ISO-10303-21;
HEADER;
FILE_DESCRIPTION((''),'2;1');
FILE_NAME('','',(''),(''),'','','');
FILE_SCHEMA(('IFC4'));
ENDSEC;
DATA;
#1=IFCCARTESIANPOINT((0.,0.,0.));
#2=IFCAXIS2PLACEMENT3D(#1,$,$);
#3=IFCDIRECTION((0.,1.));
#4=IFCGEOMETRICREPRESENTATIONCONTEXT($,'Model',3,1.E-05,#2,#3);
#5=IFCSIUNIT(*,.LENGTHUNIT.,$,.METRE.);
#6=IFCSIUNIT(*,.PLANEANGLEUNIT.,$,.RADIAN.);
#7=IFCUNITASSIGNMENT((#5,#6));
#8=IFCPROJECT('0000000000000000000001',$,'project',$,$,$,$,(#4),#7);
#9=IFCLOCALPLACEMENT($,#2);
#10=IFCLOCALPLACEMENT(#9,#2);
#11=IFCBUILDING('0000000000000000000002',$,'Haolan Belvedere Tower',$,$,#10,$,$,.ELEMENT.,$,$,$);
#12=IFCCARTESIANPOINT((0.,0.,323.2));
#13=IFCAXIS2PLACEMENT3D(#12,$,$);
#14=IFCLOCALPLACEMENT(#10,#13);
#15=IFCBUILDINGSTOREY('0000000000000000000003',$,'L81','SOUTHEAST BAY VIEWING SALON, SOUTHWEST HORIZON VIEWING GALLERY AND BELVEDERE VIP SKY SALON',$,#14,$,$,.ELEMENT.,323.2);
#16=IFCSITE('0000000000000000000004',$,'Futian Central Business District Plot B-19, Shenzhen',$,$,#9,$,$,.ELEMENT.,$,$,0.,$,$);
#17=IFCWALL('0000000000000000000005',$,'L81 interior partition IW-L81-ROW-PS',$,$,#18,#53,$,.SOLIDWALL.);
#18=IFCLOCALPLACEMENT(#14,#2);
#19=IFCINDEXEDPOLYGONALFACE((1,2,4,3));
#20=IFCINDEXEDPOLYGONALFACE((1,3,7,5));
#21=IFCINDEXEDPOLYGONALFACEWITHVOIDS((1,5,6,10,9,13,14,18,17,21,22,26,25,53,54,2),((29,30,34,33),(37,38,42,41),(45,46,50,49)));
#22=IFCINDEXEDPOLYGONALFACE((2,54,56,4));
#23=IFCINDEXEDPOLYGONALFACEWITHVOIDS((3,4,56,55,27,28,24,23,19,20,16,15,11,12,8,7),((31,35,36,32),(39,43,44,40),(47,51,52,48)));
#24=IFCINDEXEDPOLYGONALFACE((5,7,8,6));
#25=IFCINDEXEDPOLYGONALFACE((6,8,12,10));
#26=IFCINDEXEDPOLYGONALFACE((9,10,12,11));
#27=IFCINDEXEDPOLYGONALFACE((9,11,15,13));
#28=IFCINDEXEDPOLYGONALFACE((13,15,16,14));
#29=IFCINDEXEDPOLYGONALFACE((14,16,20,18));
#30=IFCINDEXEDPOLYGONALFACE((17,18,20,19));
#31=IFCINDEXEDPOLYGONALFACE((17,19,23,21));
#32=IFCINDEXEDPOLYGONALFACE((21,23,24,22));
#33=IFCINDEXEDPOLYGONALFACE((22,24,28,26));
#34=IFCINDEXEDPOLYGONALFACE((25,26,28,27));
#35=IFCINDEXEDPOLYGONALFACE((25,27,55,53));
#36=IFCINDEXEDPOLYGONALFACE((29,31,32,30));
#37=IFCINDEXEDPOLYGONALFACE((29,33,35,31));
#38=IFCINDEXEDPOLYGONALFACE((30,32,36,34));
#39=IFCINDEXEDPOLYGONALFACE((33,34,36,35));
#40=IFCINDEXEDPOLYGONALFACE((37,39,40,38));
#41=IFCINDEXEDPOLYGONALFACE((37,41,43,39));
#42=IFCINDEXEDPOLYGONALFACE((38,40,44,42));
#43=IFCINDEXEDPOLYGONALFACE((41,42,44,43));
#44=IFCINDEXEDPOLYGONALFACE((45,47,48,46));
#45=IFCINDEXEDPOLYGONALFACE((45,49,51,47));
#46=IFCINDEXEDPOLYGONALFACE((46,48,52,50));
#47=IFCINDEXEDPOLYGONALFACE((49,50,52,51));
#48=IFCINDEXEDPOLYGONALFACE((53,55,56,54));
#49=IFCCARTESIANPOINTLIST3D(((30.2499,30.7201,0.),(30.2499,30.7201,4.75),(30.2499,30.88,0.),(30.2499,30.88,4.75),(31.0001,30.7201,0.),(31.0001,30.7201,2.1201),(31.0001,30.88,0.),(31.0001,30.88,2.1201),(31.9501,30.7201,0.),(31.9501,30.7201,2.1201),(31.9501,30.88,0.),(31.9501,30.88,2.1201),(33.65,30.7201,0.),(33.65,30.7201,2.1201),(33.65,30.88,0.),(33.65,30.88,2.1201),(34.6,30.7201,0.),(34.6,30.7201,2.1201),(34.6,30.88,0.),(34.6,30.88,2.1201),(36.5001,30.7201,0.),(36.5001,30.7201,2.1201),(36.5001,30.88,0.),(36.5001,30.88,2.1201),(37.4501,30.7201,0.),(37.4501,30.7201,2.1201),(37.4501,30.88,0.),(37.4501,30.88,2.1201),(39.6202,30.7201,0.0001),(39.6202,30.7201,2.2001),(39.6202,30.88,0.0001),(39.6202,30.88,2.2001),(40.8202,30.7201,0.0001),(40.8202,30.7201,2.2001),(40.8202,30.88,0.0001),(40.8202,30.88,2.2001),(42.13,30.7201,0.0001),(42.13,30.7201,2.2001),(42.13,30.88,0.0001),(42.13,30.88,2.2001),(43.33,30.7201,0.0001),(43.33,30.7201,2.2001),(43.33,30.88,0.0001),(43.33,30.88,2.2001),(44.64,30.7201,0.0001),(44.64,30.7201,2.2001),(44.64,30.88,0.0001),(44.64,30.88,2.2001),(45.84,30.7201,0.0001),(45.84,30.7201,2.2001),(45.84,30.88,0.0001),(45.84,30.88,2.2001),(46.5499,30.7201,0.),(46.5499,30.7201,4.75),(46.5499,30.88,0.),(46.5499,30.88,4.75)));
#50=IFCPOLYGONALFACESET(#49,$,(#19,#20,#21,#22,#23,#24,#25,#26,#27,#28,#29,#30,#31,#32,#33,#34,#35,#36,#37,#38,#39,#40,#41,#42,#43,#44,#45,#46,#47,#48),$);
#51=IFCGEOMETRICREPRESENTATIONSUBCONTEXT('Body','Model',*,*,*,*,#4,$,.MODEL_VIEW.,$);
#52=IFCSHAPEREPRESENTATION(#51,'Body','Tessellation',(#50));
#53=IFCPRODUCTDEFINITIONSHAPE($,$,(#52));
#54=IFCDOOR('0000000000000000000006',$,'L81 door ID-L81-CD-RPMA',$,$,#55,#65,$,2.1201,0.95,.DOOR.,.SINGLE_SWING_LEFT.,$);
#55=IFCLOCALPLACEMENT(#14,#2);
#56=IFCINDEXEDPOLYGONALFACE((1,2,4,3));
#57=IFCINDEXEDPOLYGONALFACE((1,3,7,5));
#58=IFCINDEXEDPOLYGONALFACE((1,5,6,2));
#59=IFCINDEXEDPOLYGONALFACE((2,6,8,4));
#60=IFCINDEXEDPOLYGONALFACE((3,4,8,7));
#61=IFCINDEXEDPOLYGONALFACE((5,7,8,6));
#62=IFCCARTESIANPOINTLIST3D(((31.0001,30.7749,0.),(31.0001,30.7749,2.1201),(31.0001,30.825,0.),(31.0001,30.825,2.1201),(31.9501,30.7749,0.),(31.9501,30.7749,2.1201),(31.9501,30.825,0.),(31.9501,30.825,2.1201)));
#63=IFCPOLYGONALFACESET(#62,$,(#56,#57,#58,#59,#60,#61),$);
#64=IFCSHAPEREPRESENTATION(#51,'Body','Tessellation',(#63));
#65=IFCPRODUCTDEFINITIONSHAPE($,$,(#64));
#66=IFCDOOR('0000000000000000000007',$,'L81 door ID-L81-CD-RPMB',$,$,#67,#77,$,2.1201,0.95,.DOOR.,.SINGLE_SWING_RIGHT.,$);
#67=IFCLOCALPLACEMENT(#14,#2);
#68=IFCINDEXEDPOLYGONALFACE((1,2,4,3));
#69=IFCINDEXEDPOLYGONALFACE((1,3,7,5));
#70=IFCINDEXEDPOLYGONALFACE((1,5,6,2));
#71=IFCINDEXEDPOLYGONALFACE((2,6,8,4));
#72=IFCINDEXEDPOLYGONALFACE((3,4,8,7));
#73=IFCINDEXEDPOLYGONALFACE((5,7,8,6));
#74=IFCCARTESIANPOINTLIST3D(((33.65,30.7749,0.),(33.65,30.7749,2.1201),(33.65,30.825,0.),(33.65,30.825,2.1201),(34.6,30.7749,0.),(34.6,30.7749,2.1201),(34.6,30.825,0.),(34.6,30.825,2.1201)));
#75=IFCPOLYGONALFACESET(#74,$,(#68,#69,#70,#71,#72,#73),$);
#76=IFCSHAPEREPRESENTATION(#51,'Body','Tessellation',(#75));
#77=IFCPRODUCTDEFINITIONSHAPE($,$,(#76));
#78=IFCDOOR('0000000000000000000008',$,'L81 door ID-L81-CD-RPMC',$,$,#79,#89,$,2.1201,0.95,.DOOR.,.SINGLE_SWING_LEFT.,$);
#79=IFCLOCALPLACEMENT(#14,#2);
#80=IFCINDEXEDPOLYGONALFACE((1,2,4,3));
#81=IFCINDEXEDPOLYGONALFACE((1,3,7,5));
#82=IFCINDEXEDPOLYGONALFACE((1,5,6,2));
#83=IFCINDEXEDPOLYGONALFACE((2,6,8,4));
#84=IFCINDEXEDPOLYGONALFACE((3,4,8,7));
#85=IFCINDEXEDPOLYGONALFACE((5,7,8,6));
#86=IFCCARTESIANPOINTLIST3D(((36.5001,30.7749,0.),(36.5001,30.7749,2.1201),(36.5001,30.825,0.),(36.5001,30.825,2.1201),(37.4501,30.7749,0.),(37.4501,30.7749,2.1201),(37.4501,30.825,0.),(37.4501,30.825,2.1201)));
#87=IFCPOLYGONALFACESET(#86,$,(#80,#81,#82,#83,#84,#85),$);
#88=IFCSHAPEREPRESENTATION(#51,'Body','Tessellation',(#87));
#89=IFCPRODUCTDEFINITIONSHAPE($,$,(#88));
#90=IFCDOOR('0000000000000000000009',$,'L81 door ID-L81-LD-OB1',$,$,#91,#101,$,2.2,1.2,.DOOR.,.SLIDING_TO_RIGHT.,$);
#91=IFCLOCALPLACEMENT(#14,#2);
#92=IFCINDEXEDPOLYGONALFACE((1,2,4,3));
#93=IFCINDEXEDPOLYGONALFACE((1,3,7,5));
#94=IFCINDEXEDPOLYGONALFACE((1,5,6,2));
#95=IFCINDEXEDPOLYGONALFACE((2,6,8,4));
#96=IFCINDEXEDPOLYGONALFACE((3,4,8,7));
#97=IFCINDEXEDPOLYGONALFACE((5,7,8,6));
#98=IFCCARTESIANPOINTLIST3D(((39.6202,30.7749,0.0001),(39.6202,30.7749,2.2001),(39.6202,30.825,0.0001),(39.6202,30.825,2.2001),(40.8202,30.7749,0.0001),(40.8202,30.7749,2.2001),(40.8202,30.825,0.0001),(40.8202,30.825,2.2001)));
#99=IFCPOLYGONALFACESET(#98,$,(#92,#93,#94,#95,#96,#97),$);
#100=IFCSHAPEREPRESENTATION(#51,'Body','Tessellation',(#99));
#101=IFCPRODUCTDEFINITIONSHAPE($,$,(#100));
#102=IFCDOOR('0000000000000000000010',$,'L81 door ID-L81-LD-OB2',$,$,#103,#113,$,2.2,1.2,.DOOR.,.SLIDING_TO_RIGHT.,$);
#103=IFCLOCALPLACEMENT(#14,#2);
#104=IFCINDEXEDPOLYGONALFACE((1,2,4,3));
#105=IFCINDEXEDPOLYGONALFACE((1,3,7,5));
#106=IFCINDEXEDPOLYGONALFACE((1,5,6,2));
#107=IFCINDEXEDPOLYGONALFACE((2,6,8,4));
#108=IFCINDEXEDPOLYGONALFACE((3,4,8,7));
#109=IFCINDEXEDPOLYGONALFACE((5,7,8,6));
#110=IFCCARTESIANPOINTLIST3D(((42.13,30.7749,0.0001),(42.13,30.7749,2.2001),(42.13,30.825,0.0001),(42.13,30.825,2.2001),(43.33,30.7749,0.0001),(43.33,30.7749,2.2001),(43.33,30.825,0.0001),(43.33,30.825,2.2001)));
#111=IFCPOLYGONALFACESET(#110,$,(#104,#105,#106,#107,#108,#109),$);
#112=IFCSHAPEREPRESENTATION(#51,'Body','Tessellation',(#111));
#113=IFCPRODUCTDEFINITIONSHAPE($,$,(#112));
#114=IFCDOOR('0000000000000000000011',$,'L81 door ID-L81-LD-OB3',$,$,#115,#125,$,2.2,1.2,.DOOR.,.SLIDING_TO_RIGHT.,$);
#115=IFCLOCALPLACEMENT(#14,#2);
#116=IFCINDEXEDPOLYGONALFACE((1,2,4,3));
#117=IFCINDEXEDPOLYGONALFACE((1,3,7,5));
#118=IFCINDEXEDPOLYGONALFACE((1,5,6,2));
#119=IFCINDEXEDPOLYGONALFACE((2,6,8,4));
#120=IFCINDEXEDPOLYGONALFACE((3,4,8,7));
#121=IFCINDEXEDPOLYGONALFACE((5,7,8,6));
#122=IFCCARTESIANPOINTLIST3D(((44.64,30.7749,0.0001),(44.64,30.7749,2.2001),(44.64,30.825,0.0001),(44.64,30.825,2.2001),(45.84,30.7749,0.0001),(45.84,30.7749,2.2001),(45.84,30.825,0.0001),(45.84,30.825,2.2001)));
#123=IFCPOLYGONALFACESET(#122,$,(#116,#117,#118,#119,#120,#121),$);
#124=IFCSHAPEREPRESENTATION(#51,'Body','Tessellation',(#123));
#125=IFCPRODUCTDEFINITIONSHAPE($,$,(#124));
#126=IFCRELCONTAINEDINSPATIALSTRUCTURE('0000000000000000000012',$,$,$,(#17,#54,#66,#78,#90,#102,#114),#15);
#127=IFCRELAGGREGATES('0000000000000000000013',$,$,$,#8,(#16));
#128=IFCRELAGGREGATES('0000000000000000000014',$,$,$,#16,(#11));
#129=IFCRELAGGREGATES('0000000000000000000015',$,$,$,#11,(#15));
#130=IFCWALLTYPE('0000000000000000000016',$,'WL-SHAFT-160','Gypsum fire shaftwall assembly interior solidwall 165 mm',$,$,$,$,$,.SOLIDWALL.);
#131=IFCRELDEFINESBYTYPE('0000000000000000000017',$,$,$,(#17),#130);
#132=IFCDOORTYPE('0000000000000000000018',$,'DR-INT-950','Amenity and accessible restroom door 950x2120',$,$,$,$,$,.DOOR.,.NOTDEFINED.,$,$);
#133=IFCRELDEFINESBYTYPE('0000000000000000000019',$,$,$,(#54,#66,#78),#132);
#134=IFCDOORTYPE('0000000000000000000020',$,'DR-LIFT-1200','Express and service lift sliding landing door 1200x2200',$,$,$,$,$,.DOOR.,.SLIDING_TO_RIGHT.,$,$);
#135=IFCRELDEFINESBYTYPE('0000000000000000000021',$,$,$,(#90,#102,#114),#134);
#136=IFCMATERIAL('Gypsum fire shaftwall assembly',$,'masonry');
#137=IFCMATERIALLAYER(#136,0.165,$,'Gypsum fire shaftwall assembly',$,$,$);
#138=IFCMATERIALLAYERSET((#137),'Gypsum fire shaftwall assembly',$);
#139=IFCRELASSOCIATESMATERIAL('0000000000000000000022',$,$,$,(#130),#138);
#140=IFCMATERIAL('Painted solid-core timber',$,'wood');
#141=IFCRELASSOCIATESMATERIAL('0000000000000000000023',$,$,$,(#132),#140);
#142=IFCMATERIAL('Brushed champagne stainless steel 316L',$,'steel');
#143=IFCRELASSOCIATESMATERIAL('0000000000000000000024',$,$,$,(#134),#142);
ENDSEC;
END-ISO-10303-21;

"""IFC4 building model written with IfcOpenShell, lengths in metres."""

from ifc_helpers import new_model, si_unit, direction, frame, frame_2d, origin, place, context, subcontext, project, spatial, rectangle, extrude, material, layer, layer_set, type_object, element, fill, save


model = new_model("IFC4")

# Units and contexts
model_context = context("Model", 3, precision=1e-05, world=origin(), true_north=direction((0.0, 1.0)))
body_context = subcontext(model_context, "Body", "Model", "MODEL_VIEW")
ifc_project = project(units=[si_unit("LENGTHUNIT", "METRE"), si_unit("PLANEANGLEUNIT", "RADIAN")], contexts=[model_context])

# Site, building, storey
site_placement = place(None, origin())
site = spatial("IfcSite", under=ifc_project, at=site_placement, Name="Futian Central Business District Plot B-19, Shenzhen", CompositionType="ELEMENT", RefElevation=0.0)
building_placement = place(site_placement, origin())
building = spatial("IfcBuilding", under=site, at=building_placement, Name="Haolan Belvedere Tower", CompositionType="ELEMENT")
storey_placement = place(building_placement, frame((0.0, 0.0, 323.2)))
storey = spatial("IfcBuildingStorey", under=building, at=storey_placement, Name="L81", Description="SOUTHEAST BAY VIEWING SALON, SOUTHWEST HORIZON VIEWING GALLERY AND BELVEDERE VIP SKY SALON", CompositionType="ELEMENT", Elevation=323.2)

# Shared definitions
ifc_material_1 = material(Name="Gypsum fire shaftwall assembly", Category="masonry")
ifc_layer_1 = layer(ifc_material_1, 0.165, Name="Gypsum fire shaftwall assembly")
ifc_layer_set_1 = layer_set([ifc_layer_1], Name="Gypsum fire shaftwall assembly")
wall_type_1 = type_object("IfcWallType", Name="WL-SHAFT-160", Description="Gypsum fire shaftwall assembly interior solidwall 165 mm", PredefinedType="SOLIDWALL", material=ifc_layer_set_1)
ifc_material_2 = material(Name="Painted solid-core timber", Category="wood")
door_type_1 = type_object("IfcDoorType", Name="DR-INT-950", Description="Amenity and accessible restroom door 950x2120", OperationType="NOTDEFINED", PredefinedType="DOOR", material=ifc_material_2)

# Wall, openings, doors
wall_1_placement = place(storey_placement, frame((30.25, 30.8, 0.0), z_axis=(0.0, 0.0, 1.0), x_axis=(1.0, 0.0, 0.0)))
wall_1 = element("IfcWall", 1, at=wall_1_placement, inside=storey, type_object=wall_type_1, Name="L81 interior partition IW-L81-ROW-PS", PredefinedType="SOLIDWALL", context=body_context, shape_type="SweptSolid", body=[
    extrude(rectangle(XDim=16.3, YDim=0.1599, at=frame_2d((8.1499, 0.0))), origin(), (0.0, 0.0, 1.0), 4.75),
])
opening_1_placement = place(wall_1_placement, frame((0.75, 0.0, 0.0)))
opening_1 = element("IfcOpeningElement", 2, at=opening_1_placement, cuts=wall_1, PredefinedType="OPENING", context=body_context, shape_type="SweptSolid", body=[
    extrude(rectangle(XDim=0.95, YDim=2.1201, at=frame_2d((0.4751, 1.0601))), frame((0.0, 0.0898, 0.0), z_axis=(0.0, -1.0, 0.0), x_axis=(1.0, 0.0, 0.0)), (0.0, 0.0, 1.0), 0.1799),
])
opening_2_placement = place(wall_1_placement, frame((3.3999, 0.0, 0.0)))
opening_2 = element("IfcOpeningElement", 3, at=opening_2_placement, cuts=wall_1, PredefinedType="OPENING", context=body_context, shape_type="SweptSolid", body=[
    extrude(rectangle(XDim=0.95, YDim=2.1201, at=frame_2d((0.4751, 1.0601))), frame((0.0, 0.0898, 0.0), z_axis=(0.0, -1.0, 0.0), x_axis=(1.0, 0.0, 0.0)), (0.0, 0.0, 1.0), 0.1799),
])
opening_3_placement = place(wall_1_placement, frame((6.25, 0.0, 0.0)))
opening_3 = element("IfcOpeningElement", 4, at=opening_3_placement, cuts=wall_1, PredefinedType="OPENING", context=body_context, shape_type="SweptSolid", body=[
    extrude(rectangle(XDim=0.95, YDim=2.1201, at=frame_2d((0.4751, 1.0601))), frame((0.0, 0.0898, 0.0), z_axis=(0.0, -1.0, 0.0), x_axis=(1.0, 0.0, 0.0)), (0.0, 0.0, 1.0), 0.1799),
])
opening_4_placement = place(wall_1_placement, frame((9.3701, 0.0, 0.0)))
opening_4 = element("IfcOpeningElement", 5, at=opening_4_placement, cuts=wall_1, PredefinedType="OPENING", context=body_context, shape_type="SweptSolid", body=[
    extrude(rectangle(XDim=1.2, YDim=2.2, at=frame_2d((0.6001, 1.1001))), frame((0.0, 0.0898, 0.0), z_axis=(0.0, -1.0, 0.0), x_axis=(1.0, 0.0, 0.0)), (0.0, 0.0, 1.0), 0.1799),
])
opening_5_placement = place(wall_1_placement, frame((11.8799, 0.0, 0.0)))
opening_5 = element("IfcOpeningElement", 6, at=opening_5_placement, cuts=wall_1, PredefinedType="OPENING", context=body_context, shape_type="SweptSolid", body=[
    extrude(rectangle(XDim=1.2, YDim=2.2, at=frame_2d((0.6001, 1.1001))), frame((0.0, 0.0898, 0.0), z_axis=(0.0, -1.0, 0.0), x_axis=(1.0, 0.0, 0.0)), (0.0, 0.0, 1.0), 0.1799),
])
opening_6_placement = place(wall_1_placement, frame((14.3899, 0.0, 0.0)))
opening_6 = element("IfcOpeningElement", 7, at=opening_6_placement, cuts=wall_1, PredefinedType="OPENING", context=body_context, shape_type="SweptSolid", body=[
    extrude(rectangle(XDim=1.2, YDim=2.2, at=frame_2d((0.6001, 1.1001))), frame((0.0, 0.0898, 0.0), z_axis=(0.0, -1.0, 0.0), x_axis=(1.0, 0.0, 0.0)), (0.0, 0.0, 1.0), 0.1799),
])
door_1_placement = place(opening_1_placement, origin())
door_1 = element("IfcDoor", 8, at=door_1_placement, inside=storey, type_object=door_type_1, Name="L81 door ID-L81-CD-RPMA", OperationType="SINGLE_SWING_LEFT", OverallHeight=2.1201, OverallWidth=0.95, PredefinedType="DOOR", context=body_context, shape_type="SweptSolid", body=[
    extrude(rectangle(XDim=0.95, YDim=2.1201, at=frame_2d((0.4751, 1.0601))), frame((0.0, 0.0249, 0.0), z_axis=(0.0, -1.0, 0.0), x_axis=(1.0, 0.0, 0.0)), (0.0, 0.0, 1.0), 0.05),
])
fill(opening_1, door_1)
door_2_placement = place(opening_2_placement, origin())
door_2 = element("IfcDoor", 9, at=door_2_placement, inside=storey, type_object=door_type_1, Name="L81 door ID-L81-CD-RPMB", OperationType="SINGLE_SWING_RIGHT", OverallHeight=2.1201, OverallWidth=0.95, PredefinedType="DOOR", context=body_context, shape_type="SweptSolid", body=[
    extrude(rectangle(XDim=0.95, YDim=2.1201, at=frame_2d((0.4751, 1.0601))), frame((0.0, 0.0249, 0.0), z_axis=(0.0, -1.0, 0.0), x_axis=(1.0, 0.0, 0.0)), (0.0, 0.0, 1.0), 0.05),
])
fill(opening_2, door_2)
door_3_placement = place(opening_3_placement, origin())
door_3 = element("IfcDoor", 10, at=door_3_placement, inside=storey, type_object=door_type_1, Name="L81 door ID-L81-CD-RPMC", OperationType="SINGLE_SWING_LEFT", OverallHeight=2.1201, OverallWidth=0.95, PredefinedType="DOOR", context=body_context, shape_type="SweptSolid", body=[
    extrude(rectangle(XDim=0.95, YDim=2.1201, at=frame_2d((0.4751, 1.0601))), frame((0.0, 0.0249, 0.0), z_axis=(0.0, -1.0, 0.0), x_axis=(1.0, 0.0, 0.0)), (0.0, 0.0, 1.0), 0.05),
])
fill(opening_3, door_3)
ifc_material_3 = material(Name="Brushed champagne stainless steel 316L", Category="steel")
door_type_2 = type_object("IfcDoorType", Name="DR-LIFT-1200", Description="Express and service lift sliding landing door 1200x2200", OperationType="SLIDING_TO_RIGHT", PredefinedType="DOOR", material=ifc_material_3)
door_4_placement = place(opening_4_placement, origin())
door_4 = element("IfcDoor", 11, at=door_4_placement, inside=storey, type_object=door_type_2, Name="L81 door ID-L81-LD-OB1", OperationType="SLIDING_TO_RIGHT", OverallHeight=2.2, OverallWidth=1.2, PredefinedType="DOOR", context=body_context, shape_type="SweptSolid", body=[
    extrude(rectangle(XDim=1.2, YDim=2.2, at=frame_2d((0.6001, 1.1001))), frame((0.0, 0.0249, 0.0), z_axis=(0.0, -1.0, 0.0), x_axis=(1.0, 0.0, 0.0)), (0.0, 0.0, 1.0), 0.05),
])
fill(opening_4, door_4)
door_5_placement = place(opening_5_placement, origin())
door_5 = element("IfcDoor", 12, at=door_5_placement, inside=storey, type_object=door_type_2, Name="L81 door ID-L81-LD-OB2", OperationType="SLIDING_TO_RIGHT", OverallHeight=2.2, OverallWidth=1.2, PredefinedType="DOOR", context=body_context, shape_type="SweptSolid", body=[
    extrude(rectangle(XDim=1.2, YDim=2.2, at=frame_2d((0.6001, 1.1001))), frame((0.0, 0.0249, 0.0), z_axis=(0.0, -1.0, 0.0), x_axis=(1.0, 0.0, 0.0)), (0.0, 0.0, 1.0), 0.05),
])
fill(opening_5, door_5)
door_6_placement = place(opening_6_placement, origin())
door_6 = element("IfcDoor", 13, at=door_6_placement, inside=storey, type_object=door_type_2, Name="L81 door ID-L81-LD-OB3", OperationType="SLIDING_TO_RIGHT", OverallHeight=2.2, OverallWidth=1.2, PredefinedType="DOOR", context=body_context, shape_type="SweptSolid", body=[
    extrude(rectangle(XDim=1.2, YDim=2.2, at=frame_2d((0.6001, 1.1001))), frame((0.0, 0.0249, 0.0), z_axis=(0.0, -1.0, 0.0), x_axis=(1.0, 0.0, 0.0)), (0.0, 0.0, 1.0), 0.05),
])
fill(opening_6, door_6)

save(model, "model.ifc")
